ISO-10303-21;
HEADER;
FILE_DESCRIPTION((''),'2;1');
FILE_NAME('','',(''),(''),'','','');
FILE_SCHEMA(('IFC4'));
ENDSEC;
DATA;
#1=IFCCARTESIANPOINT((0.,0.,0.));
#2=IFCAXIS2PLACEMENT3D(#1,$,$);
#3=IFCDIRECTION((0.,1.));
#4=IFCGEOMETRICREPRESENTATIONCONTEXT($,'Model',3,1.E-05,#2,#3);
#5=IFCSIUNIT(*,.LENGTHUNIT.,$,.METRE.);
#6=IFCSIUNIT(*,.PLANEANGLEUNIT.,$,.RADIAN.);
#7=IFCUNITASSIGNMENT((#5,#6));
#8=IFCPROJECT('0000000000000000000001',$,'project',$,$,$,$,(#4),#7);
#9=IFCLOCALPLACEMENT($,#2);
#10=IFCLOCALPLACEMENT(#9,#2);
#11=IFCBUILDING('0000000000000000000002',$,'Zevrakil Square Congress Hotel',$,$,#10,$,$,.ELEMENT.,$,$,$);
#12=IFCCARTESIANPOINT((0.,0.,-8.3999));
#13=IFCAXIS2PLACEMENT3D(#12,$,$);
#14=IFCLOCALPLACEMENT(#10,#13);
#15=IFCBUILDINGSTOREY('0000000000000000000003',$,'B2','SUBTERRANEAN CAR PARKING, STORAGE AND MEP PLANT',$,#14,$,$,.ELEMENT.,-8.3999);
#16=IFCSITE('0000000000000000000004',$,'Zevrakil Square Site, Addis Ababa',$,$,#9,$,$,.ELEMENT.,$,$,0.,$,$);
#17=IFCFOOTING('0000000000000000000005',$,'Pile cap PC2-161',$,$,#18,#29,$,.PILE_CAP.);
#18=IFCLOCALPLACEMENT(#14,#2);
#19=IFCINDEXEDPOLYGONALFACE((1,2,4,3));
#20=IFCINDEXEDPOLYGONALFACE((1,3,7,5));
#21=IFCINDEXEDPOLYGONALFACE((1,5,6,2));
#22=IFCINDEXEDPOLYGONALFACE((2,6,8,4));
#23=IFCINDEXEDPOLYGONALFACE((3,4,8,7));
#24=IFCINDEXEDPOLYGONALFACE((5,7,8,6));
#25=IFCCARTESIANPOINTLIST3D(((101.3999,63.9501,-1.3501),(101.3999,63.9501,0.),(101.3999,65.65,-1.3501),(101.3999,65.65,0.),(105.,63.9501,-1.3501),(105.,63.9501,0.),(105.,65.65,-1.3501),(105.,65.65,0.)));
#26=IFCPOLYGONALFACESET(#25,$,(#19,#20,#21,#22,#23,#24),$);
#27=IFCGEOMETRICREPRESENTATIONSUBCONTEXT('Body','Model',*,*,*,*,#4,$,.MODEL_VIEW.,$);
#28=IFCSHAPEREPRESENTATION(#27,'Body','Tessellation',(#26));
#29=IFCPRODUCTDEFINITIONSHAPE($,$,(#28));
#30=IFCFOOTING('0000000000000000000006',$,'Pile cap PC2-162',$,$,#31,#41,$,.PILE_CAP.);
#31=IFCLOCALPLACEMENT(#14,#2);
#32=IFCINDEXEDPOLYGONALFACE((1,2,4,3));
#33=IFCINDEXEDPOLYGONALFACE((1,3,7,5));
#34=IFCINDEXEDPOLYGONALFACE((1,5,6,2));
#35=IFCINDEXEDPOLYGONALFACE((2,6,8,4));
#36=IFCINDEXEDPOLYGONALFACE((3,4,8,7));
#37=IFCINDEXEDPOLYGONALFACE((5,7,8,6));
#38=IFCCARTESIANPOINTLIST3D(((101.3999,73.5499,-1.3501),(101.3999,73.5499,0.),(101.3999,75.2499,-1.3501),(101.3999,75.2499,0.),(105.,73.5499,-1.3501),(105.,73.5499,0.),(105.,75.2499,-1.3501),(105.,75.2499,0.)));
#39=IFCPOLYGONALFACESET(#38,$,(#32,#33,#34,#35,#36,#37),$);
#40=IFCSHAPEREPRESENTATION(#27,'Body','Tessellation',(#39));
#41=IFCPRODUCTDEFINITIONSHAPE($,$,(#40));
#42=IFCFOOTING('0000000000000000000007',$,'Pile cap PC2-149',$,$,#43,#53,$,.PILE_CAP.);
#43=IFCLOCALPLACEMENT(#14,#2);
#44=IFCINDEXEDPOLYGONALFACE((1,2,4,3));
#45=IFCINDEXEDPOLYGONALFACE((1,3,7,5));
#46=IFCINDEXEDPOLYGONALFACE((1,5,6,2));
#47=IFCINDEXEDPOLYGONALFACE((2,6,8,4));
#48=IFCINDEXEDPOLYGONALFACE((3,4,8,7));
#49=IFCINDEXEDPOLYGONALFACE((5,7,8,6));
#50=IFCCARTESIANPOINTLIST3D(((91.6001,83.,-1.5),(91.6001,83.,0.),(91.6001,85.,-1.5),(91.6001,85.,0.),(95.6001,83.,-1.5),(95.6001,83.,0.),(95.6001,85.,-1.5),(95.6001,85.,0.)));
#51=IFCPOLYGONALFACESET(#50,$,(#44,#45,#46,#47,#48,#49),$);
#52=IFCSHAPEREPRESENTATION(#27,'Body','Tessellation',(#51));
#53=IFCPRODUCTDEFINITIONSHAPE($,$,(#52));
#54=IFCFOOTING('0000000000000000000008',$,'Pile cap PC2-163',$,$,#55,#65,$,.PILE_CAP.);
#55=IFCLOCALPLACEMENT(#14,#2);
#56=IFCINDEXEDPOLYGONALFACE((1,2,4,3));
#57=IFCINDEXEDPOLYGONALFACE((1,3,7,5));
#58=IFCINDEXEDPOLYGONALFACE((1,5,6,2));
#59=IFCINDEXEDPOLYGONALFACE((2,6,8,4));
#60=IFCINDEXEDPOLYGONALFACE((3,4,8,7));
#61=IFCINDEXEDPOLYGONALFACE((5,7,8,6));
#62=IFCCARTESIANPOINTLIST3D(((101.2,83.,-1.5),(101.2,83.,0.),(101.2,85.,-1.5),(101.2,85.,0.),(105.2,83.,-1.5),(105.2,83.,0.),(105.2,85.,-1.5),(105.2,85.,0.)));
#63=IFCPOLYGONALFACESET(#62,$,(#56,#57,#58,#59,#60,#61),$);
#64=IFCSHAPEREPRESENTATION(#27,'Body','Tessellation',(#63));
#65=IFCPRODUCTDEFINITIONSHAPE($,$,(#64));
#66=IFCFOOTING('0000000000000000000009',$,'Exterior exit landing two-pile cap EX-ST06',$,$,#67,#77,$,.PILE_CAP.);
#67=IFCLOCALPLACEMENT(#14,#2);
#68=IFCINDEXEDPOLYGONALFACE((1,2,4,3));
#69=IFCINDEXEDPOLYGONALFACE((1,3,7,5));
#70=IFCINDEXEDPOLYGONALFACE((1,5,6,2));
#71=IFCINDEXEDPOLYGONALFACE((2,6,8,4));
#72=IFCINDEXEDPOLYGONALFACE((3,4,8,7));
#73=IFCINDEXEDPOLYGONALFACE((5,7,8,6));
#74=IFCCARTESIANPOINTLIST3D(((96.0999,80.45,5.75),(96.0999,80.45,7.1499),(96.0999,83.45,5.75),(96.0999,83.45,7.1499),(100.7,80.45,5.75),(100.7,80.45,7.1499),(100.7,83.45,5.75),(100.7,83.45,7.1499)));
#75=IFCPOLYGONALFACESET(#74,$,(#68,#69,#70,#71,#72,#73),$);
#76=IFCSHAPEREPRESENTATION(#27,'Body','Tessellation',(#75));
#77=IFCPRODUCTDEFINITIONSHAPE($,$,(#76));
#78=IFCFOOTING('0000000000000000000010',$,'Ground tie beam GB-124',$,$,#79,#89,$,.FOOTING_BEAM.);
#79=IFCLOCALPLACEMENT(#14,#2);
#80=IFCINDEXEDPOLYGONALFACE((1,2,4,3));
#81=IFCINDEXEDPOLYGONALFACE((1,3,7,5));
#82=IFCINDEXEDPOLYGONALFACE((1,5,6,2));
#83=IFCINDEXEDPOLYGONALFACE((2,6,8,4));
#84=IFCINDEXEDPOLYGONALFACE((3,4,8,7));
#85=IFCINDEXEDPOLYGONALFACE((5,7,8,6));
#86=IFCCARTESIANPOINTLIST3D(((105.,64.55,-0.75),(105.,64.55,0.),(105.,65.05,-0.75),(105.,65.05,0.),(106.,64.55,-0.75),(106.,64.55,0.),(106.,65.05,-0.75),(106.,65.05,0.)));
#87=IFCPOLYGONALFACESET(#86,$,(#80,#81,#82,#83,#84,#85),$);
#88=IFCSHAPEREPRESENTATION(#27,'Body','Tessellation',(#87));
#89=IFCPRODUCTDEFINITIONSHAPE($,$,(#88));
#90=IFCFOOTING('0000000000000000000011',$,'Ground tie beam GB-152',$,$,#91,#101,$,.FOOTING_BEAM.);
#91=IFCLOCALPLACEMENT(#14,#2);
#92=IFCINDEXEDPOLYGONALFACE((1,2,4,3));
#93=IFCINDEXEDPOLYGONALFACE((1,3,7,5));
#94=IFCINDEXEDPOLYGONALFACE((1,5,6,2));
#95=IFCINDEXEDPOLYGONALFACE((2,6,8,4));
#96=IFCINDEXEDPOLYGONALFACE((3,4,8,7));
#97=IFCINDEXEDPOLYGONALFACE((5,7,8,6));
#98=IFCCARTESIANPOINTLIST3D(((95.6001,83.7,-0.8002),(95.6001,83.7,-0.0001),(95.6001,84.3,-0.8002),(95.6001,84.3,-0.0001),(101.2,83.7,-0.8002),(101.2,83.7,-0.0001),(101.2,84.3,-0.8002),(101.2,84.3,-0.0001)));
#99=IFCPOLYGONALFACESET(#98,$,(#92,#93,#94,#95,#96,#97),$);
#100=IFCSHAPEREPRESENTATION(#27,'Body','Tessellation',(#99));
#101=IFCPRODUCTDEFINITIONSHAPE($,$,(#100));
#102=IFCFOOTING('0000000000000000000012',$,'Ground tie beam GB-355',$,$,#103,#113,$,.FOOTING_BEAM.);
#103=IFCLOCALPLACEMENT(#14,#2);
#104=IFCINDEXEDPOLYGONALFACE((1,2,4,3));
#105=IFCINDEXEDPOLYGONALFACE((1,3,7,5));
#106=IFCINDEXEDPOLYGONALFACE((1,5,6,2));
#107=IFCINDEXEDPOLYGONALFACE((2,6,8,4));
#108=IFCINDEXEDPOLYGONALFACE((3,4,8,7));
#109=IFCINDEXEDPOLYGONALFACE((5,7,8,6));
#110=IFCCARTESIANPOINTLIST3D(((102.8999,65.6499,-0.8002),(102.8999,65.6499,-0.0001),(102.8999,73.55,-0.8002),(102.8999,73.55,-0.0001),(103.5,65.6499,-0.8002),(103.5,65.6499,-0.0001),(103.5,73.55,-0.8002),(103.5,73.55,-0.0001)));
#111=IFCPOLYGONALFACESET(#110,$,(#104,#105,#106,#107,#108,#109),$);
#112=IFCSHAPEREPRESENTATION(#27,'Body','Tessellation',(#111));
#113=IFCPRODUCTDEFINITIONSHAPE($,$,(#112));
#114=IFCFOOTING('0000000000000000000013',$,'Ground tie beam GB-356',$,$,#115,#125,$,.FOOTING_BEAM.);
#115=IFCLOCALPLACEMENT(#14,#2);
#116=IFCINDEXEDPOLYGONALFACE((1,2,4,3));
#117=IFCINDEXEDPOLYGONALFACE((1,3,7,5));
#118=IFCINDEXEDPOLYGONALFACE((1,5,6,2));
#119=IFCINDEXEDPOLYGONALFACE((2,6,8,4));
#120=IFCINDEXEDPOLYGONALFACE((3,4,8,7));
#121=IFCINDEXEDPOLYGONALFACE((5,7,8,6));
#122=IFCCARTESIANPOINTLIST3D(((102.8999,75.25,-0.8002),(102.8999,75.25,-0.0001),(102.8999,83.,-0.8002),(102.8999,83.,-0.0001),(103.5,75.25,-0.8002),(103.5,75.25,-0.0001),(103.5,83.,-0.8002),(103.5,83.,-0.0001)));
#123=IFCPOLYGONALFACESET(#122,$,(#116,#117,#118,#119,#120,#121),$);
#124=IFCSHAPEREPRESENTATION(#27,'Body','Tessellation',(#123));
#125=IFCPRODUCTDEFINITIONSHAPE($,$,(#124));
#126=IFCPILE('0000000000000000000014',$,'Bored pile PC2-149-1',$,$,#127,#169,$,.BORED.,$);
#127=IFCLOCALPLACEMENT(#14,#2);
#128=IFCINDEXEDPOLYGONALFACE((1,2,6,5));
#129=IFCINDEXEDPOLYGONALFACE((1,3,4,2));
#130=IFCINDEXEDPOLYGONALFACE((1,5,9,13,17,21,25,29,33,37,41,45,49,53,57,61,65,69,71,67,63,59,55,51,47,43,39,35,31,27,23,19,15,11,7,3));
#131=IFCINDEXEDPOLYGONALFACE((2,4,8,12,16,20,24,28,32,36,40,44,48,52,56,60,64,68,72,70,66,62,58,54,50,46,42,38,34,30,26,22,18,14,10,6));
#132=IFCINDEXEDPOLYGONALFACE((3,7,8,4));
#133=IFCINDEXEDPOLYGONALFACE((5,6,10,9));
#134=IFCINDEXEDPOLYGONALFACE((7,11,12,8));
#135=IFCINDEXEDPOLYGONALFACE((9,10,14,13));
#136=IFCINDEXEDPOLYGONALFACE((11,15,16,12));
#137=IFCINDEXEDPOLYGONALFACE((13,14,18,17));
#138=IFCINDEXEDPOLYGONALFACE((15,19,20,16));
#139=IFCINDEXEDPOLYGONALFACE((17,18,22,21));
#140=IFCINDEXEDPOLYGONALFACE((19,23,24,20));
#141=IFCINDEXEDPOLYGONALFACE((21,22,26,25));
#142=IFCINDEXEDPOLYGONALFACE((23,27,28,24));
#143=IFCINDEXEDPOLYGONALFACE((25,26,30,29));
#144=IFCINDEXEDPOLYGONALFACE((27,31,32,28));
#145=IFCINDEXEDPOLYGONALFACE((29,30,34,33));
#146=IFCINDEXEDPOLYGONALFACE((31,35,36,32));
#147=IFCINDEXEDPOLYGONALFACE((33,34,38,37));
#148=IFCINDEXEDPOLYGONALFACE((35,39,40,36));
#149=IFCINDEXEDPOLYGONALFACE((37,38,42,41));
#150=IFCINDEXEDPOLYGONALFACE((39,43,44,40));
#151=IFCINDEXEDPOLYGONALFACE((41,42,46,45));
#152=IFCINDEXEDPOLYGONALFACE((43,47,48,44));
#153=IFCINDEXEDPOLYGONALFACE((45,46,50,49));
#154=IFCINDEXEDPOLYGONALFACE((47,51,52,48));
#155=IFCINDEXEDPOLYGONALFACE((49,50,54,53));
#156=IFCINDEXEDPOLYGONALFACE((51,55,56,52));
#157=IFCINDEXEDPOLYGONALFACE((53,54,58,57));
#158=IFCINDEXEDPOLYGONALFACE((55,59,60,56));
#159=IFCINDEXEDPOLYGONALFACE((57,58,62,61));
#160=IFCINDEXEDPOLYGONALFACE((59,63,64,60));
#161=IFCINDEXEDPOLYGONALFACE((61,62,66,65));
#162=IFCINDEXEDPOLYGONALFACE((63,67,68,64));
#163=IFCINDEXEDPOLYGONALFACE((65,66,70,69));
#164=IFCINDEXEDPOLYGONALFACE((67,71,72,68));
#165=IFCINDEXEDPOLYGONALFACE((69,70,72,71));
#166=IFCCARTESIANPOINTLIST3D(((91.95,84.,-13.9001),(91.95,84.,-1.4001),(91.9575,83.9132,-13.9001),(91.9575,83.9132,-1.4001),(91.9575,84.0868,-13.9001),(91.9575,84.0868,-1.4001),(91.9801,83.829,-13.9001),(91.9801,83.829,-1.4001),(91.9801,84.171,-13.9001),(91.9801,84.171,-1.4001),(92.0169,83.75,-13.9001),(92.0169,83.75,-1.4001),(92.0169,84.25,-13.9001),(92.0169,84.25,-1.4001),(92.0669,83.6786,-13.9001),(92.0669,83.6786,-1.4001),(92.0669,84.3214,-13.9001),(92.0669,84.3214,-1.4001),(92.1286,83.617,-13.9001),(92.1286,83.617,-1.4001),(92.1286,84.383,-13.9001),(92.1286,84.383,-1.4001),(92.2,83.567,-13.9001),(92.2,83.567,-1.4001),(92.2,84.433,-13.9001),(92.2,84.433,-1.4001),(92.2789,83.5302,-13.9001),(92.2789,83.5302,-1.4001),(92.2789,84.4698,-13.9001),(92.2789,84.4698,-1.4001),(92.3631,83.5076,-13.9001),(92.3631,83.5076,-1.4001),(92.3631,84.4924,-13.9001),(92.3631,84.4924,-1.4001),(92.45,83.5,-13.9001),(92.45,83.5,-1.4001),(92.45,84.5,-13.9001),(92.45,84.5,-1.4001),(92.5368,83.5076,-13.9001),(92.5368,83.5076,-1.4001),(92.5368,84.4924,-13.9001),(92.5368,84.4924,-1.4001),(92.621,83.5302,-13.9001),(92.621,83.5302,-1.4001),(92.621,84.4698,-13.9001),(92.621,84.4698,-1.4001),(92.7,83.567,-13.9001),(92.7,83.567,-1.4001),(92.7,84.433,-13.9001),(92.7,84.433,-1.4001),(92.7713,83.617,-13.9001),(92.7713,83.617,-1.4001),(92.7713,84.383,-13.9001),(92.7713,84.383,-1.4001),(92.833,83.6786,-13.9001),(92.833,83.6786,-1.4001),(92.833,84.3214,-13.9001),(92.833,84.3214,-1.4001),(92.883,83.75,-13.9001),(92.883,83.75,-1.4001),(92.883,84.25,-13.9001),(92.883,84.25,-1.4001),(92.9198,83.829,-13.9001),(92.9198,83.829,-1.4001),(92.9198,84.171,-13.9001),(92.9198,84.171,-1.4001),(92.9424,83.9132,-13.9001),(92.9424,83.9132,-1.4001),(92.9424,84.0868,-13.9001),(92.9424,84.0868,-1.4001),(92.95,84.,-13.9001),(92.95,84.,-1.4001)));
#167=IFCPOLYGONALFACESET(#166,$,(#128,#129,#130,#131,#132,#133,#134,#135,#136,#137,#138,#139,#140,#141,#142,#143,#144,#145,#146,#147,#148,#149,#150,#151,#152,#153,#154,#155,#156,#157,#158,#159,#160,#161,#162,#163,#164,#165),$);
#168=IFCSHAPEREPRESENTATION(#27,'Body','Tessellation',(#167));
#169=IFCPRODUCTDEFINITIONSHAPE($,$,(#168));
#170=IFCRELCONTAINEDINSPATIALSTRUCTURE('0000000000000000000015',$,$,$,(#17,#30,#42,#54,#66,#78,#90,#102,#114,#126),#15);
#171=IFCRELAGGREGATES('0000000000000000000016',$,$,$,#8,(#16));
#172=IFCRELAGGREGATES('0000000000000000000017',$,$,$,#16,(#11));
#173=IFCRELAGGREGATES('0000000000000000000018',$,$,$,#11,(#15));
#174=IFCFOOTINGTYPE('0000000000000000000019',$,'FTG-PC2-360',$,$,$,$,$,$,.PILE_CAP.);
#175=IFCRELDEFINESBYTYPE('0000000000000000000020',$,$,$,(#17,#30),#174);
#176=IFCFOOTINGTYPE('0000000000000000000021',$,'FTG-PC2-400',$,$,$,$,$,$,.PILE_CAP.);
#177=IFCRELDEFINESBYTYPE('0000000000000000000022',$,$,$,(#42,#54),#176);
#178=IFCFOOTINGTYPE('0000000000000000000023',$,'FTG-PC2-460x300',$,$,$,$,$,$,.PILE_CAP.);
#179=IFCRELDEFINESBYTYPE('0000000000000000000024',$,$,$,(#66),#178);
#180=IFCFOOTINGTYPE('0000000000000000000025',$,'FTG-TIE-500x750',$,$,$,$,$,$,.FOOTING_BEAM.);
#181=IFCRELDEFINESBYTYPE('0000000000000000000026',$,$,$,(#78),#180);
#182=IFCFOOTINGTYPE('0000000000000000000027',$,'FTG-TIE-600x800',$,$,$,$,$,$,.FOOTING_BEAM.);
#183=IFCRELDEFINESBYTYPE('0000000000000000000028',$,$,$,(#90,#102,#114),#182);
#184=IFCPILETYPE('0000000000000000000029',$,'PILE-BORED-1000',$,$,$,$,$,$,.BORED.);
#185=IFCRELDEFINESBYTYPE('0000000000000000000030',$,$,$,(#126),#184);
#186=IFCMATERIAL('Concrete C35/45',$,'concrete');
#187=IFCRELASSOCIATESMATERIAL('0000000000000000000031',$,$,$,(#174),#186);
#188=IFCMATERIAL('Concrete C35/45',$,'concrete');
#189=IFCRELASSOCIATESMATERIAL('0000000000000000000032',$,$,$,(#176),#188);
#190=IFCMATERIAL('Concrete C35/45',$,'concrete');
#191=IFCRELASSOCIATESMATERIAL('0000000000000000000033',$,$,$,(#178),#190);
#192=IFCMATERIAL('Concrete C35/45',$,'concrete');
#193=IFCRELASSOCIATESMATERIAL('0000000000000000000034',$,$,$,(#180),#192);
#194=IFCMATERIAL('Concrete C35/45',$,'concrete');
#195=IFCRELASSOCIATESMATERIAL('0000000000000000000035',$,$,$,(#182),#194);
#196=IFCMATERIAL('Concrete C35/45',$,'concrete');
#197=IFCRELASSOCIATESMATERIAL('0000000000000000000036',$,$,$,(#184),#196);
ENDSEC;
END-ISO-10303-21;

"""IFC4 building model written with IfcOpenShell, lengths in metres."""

from ifc_helpers import new_model, si_unit, direction, frame, origin, origin_2d, place, context, subcontext, project, spatial, rectangle, circle, extrude, material, material_profile, profile_set, type_object, element, save


model = new_model("IFC4")

# Units and contexts
model_context = context("Model", 3, precision=1e-05, world=origin(), true_north=direction((0.0, 1.0)))
body_context = subcontext(model_context, "Body", "Model", "MODEL_VIEW")
ifc_project = project(units=[si_unit("LENGTHUNIT", "METRE"), si_unit("PLANEANGLEUNIT", "RADIAN")], contexts=[model_context])

# Site, building, storey
site_placement = place(None, origin())
site = spatial("IfcSite", under=ifc_project, at=site_placement, Name="Zevrakil Square Site, Addis Ababa", CompositionType="ELEMENT", RefElevation=0.0)
building_placement = place(site_placement, origin())
building = spatial("IfcBuilding", under=site, at=building_placement, Name="Zevrakil Square Congress Hotel", CompositionType="ELEMENT")
storey_placement = place(building_placement, frame((0.0, 0.0, -8.3999)))
storey = spatial("IfcBuildingStorey", under=building, at=storey_placement, Name="B2", Description="SUBTERRANEAN CAR PARKING, STORAGE AND MEP PLANT", CompositionType="ELEMENT", Elevation=-8.3999)

# Footings
ifc_material_1 = material(Name="Concrete C35/45", Category="concrete")
footing_type_1 = type_object("IfcFootingType", Name="FTG-PC2-360", PredefinedType="PILE_CAP", material=ifc_material_1)
for number, where, z_axis, x_axis, name in (
    (1, (103.2, 64.8, -1.3501), (0.0, 0.0, 1.0), (1.0, 0.0, 0.0), "Pile cap PC2-161"),
    (2, (103.2, 74.3999, -1.3501), (0.0, 0.0, 1.0), (1.0, 0.0, 0.0), "Pile cap PC2-162"),
):
    element("IfcFooting", number, at=place(storey_placement, frame(where, z_axis=z_axis, x_axis=x_axis)), inside=storey, type_object=footing_type_1, Name=name, PredefinedType="PILE_CAP", context=body_context, shape_type="SweptSolid", body=[
        extrude(rectangle(XDim=3.6001, YDim=1.7, at=origin_2d()), origin(), (0.0, 0.0, 1.0), 1.3501),
    ])
ifc_material_2 = material(Name="Concrete C35/45", Category="concrete")
footing_type_2 = type_object("IfcFootingType", Name="FTG-PC2-400", PredefinedType="PILE_CAP", material=ifc_material_2)
for number, where, z_axis, x_axis, name in (
    (3, (93.6001, 84.0, -1.5), (0.0, 0.0, 1.0), (1.0, 0.0, 0.0), "Pile cap PC2-149"),
    (4, (103.2, 84.0, -1.5), (0.0, 0.0, 1.0), (1.0, 0.0, 0.0), "Pile cap PC2-163"),
):
    element("IfcFooting", number, at=place(storey_placement, frame(where, z_axis=z_axis, x_axis=x_axis)), inside=storey, type_object=footing_type_2, Name=name, PredefinedType="PILE_CAP", context=body_context, shape_type="SweptSolid", body=[
        extrude(rectangle(XDim=4.0, YDim=2.0, at=origin_2d()), origin(), (0.0, 0.0, 1.0), 1.5),
    ])
ifc_material_3 = material(Name="Concrete C35/45", Category="concrete")
footing_type_3 = type_object("IfcFootingType", Name="FTG-PC2-460x300", PredefinedType="PILE_CAP", material=ifc_material_3)
footing_1_placement = place(storey_placement, frame((98.3999, 81.95, 5.75), z_axis=(0.0, 0.0, 1.0), x_axis=(1.0, 0.0, 0.0)))
element("IfcFooting", 5, at=footing_1_placement, inside=storey, type_object=footing_type_3, Name="Exterior exit landing two-pile cap EX-ST06", PredefinedType="PILE_CAP", context=body_context, shape_type="SweptSolid", body=[
    extrude(rectangle(XDim=4.6001, YDim=3.0, at=origin_2d()), origin(), (0.0, 0.0, 1.0), 1.3999),
])
ifc_material_4 = material(Name="Concrete C35/45", Category="concrete")
ifc_material_profile_1 = material_profile(ifc_material_4, rectangle(XDim=0.5, YDim=0.75, at=origin_2d()), Name="RC 500x750")
ifc_profile_set_1 = profile_set([ifc_material_profile_1], Name="Concrete C35/45")
footing_type_4 = type_object("IfcFootingType", Name="FTG-TIE-500x750", PredefinedType="FOOTING_BEAM", material=ifc_profile_set_1)
footing_2_placement = place(storey_placement, frame((105.0, 64.8, -0.375), z_axis=(1.0, 0.0, 0.0), x_axis=(0.0, 1.0, 0.0)))
element("IfcFooting", 6, at=footing_2_placement, inside=storey, type_object=footing_type_4, Name="Ground tie beam GB-124", PredefinedType="FOOTING_BEAM", context=body_context, shape_type="SweptSolid", body=[
    extrude(rectangle(XDim=0.5, YDim=0.75, at=origin_2d()), origin(), (0.0, 0.0, 1.0), 1.0),
])
ifc_material_5 = material(Name="Concrete C35/45", Category="concrete")
ifc_material_profile_2 = material_profile(ifc_material_5, rectangle(XDim=0.6001, YDim=0.8, at=origin_2d()), Name="RC 600x800")
ifc_profile_set_2 = profile_set([ifc_material_profile_2], Name="Concrete C35/45")
footing_type_5 = type_object("IfcFootingType", Name="FTG-TIE-600x800", PredefinedType="FOOTING_BEAM", material=ifc_profile_set_2)
footing_3_placement = place(storey_placement, frame((95.6001, 84.0, -0.4001), z_axis=(1.0, 0.0, 0.0), x_axis=(0.0, 1.0, 0.0)))
element("IfcFooting", 7, at=footing_3_placement, inside=storey, type_object=footing_type_5, Name="Ground tie beam GB-152", PredefinedType="FOOTING_BEAM", context=body_context, shape_type="SweptSolid", body=[
    extrude(rectangle(XDim=0.6001, YDim=0.8, at=origin_2d()), origin(), (0.0, 0.0, 1.0), 5.5999),
])
footing_4_placement = place(storey_placement, frame((103.2, 65.6499, -0.4001), z_axis=(0.0, 1.0, 0.0), x_axis=(-1.0, 0.0, 0.0)))
element("IfcFooting", 8, at=footing_4_placement, inside=storey, type_object=footing_type_5, Name="Ground tie beam GB-355", PredefinedType="FOOTING_BEAM", context=body_context, shape_type="SweptSolid", body=[
    extrude(rectangle(XDim=0.6001, YDim=0.8, at=origin_2d()), origin(), (0.0, 0.0, 1.0), 7.9001),
])
footing_5_placement = place(storey_placement, frame((103.2, 75.25, -0.4001), z_axis=(0.0, 1.0, 0.0), x_axis=(-1.0, 0.0, 0.0)))
element("IfcFooting", 9, at=footing_5_placement, inside=storey, type_object=footing_type_5, Name="Ground tie beam GB-356", PredefinedType="FOOTING_BEAM", context=body_context, shape_type="SweptSolid", body=[
    extrude(rectangle(XDim=0.6001, YDim=0.8, at=origin_2d()), origin(), (0.0, 0.0, 1.0), 7.75),
])

# Pile
ifc_material_6 = material(Name="Concrete C35/45", Category="concrete")
ifc_material_profile_3 = material_profile(ifc_material_6, circle(Radius=0.5, at=origin_2d()), Name="PILE D1000")
ifc_profile_set_3 = profile_set([ifc_material_profile_3], Name="Concrete C35/45")
pile_type = type_object("IfcPileType", Name="PILE-BORED-1000", PredefinedType="BORED", material=ifc_profile_set_3)
for number, where, z_axis, x_axis, name in (
    (10, (92.45, 84.0, -1.4001), (0.0, 0.0, -1.0), (1.0, 0.0, 0.0), "Bored pile PC2-149-1"),
):
    element("IfcPile", number, at=place(storey_placement, frame(where, z_axis=z_axis, x_axis=x_axis)), inside=storey, type_object=pile_type, Name=name, PredefinedType="BORED", context=body_context, shape_type="SweptSolid", body=[
        extrude(circle(Radius=0.5, at=origin_2d()), origin(), (0.0, 0.0, 1.0), 12.5),
    ])

save(model, "model.ifc")
